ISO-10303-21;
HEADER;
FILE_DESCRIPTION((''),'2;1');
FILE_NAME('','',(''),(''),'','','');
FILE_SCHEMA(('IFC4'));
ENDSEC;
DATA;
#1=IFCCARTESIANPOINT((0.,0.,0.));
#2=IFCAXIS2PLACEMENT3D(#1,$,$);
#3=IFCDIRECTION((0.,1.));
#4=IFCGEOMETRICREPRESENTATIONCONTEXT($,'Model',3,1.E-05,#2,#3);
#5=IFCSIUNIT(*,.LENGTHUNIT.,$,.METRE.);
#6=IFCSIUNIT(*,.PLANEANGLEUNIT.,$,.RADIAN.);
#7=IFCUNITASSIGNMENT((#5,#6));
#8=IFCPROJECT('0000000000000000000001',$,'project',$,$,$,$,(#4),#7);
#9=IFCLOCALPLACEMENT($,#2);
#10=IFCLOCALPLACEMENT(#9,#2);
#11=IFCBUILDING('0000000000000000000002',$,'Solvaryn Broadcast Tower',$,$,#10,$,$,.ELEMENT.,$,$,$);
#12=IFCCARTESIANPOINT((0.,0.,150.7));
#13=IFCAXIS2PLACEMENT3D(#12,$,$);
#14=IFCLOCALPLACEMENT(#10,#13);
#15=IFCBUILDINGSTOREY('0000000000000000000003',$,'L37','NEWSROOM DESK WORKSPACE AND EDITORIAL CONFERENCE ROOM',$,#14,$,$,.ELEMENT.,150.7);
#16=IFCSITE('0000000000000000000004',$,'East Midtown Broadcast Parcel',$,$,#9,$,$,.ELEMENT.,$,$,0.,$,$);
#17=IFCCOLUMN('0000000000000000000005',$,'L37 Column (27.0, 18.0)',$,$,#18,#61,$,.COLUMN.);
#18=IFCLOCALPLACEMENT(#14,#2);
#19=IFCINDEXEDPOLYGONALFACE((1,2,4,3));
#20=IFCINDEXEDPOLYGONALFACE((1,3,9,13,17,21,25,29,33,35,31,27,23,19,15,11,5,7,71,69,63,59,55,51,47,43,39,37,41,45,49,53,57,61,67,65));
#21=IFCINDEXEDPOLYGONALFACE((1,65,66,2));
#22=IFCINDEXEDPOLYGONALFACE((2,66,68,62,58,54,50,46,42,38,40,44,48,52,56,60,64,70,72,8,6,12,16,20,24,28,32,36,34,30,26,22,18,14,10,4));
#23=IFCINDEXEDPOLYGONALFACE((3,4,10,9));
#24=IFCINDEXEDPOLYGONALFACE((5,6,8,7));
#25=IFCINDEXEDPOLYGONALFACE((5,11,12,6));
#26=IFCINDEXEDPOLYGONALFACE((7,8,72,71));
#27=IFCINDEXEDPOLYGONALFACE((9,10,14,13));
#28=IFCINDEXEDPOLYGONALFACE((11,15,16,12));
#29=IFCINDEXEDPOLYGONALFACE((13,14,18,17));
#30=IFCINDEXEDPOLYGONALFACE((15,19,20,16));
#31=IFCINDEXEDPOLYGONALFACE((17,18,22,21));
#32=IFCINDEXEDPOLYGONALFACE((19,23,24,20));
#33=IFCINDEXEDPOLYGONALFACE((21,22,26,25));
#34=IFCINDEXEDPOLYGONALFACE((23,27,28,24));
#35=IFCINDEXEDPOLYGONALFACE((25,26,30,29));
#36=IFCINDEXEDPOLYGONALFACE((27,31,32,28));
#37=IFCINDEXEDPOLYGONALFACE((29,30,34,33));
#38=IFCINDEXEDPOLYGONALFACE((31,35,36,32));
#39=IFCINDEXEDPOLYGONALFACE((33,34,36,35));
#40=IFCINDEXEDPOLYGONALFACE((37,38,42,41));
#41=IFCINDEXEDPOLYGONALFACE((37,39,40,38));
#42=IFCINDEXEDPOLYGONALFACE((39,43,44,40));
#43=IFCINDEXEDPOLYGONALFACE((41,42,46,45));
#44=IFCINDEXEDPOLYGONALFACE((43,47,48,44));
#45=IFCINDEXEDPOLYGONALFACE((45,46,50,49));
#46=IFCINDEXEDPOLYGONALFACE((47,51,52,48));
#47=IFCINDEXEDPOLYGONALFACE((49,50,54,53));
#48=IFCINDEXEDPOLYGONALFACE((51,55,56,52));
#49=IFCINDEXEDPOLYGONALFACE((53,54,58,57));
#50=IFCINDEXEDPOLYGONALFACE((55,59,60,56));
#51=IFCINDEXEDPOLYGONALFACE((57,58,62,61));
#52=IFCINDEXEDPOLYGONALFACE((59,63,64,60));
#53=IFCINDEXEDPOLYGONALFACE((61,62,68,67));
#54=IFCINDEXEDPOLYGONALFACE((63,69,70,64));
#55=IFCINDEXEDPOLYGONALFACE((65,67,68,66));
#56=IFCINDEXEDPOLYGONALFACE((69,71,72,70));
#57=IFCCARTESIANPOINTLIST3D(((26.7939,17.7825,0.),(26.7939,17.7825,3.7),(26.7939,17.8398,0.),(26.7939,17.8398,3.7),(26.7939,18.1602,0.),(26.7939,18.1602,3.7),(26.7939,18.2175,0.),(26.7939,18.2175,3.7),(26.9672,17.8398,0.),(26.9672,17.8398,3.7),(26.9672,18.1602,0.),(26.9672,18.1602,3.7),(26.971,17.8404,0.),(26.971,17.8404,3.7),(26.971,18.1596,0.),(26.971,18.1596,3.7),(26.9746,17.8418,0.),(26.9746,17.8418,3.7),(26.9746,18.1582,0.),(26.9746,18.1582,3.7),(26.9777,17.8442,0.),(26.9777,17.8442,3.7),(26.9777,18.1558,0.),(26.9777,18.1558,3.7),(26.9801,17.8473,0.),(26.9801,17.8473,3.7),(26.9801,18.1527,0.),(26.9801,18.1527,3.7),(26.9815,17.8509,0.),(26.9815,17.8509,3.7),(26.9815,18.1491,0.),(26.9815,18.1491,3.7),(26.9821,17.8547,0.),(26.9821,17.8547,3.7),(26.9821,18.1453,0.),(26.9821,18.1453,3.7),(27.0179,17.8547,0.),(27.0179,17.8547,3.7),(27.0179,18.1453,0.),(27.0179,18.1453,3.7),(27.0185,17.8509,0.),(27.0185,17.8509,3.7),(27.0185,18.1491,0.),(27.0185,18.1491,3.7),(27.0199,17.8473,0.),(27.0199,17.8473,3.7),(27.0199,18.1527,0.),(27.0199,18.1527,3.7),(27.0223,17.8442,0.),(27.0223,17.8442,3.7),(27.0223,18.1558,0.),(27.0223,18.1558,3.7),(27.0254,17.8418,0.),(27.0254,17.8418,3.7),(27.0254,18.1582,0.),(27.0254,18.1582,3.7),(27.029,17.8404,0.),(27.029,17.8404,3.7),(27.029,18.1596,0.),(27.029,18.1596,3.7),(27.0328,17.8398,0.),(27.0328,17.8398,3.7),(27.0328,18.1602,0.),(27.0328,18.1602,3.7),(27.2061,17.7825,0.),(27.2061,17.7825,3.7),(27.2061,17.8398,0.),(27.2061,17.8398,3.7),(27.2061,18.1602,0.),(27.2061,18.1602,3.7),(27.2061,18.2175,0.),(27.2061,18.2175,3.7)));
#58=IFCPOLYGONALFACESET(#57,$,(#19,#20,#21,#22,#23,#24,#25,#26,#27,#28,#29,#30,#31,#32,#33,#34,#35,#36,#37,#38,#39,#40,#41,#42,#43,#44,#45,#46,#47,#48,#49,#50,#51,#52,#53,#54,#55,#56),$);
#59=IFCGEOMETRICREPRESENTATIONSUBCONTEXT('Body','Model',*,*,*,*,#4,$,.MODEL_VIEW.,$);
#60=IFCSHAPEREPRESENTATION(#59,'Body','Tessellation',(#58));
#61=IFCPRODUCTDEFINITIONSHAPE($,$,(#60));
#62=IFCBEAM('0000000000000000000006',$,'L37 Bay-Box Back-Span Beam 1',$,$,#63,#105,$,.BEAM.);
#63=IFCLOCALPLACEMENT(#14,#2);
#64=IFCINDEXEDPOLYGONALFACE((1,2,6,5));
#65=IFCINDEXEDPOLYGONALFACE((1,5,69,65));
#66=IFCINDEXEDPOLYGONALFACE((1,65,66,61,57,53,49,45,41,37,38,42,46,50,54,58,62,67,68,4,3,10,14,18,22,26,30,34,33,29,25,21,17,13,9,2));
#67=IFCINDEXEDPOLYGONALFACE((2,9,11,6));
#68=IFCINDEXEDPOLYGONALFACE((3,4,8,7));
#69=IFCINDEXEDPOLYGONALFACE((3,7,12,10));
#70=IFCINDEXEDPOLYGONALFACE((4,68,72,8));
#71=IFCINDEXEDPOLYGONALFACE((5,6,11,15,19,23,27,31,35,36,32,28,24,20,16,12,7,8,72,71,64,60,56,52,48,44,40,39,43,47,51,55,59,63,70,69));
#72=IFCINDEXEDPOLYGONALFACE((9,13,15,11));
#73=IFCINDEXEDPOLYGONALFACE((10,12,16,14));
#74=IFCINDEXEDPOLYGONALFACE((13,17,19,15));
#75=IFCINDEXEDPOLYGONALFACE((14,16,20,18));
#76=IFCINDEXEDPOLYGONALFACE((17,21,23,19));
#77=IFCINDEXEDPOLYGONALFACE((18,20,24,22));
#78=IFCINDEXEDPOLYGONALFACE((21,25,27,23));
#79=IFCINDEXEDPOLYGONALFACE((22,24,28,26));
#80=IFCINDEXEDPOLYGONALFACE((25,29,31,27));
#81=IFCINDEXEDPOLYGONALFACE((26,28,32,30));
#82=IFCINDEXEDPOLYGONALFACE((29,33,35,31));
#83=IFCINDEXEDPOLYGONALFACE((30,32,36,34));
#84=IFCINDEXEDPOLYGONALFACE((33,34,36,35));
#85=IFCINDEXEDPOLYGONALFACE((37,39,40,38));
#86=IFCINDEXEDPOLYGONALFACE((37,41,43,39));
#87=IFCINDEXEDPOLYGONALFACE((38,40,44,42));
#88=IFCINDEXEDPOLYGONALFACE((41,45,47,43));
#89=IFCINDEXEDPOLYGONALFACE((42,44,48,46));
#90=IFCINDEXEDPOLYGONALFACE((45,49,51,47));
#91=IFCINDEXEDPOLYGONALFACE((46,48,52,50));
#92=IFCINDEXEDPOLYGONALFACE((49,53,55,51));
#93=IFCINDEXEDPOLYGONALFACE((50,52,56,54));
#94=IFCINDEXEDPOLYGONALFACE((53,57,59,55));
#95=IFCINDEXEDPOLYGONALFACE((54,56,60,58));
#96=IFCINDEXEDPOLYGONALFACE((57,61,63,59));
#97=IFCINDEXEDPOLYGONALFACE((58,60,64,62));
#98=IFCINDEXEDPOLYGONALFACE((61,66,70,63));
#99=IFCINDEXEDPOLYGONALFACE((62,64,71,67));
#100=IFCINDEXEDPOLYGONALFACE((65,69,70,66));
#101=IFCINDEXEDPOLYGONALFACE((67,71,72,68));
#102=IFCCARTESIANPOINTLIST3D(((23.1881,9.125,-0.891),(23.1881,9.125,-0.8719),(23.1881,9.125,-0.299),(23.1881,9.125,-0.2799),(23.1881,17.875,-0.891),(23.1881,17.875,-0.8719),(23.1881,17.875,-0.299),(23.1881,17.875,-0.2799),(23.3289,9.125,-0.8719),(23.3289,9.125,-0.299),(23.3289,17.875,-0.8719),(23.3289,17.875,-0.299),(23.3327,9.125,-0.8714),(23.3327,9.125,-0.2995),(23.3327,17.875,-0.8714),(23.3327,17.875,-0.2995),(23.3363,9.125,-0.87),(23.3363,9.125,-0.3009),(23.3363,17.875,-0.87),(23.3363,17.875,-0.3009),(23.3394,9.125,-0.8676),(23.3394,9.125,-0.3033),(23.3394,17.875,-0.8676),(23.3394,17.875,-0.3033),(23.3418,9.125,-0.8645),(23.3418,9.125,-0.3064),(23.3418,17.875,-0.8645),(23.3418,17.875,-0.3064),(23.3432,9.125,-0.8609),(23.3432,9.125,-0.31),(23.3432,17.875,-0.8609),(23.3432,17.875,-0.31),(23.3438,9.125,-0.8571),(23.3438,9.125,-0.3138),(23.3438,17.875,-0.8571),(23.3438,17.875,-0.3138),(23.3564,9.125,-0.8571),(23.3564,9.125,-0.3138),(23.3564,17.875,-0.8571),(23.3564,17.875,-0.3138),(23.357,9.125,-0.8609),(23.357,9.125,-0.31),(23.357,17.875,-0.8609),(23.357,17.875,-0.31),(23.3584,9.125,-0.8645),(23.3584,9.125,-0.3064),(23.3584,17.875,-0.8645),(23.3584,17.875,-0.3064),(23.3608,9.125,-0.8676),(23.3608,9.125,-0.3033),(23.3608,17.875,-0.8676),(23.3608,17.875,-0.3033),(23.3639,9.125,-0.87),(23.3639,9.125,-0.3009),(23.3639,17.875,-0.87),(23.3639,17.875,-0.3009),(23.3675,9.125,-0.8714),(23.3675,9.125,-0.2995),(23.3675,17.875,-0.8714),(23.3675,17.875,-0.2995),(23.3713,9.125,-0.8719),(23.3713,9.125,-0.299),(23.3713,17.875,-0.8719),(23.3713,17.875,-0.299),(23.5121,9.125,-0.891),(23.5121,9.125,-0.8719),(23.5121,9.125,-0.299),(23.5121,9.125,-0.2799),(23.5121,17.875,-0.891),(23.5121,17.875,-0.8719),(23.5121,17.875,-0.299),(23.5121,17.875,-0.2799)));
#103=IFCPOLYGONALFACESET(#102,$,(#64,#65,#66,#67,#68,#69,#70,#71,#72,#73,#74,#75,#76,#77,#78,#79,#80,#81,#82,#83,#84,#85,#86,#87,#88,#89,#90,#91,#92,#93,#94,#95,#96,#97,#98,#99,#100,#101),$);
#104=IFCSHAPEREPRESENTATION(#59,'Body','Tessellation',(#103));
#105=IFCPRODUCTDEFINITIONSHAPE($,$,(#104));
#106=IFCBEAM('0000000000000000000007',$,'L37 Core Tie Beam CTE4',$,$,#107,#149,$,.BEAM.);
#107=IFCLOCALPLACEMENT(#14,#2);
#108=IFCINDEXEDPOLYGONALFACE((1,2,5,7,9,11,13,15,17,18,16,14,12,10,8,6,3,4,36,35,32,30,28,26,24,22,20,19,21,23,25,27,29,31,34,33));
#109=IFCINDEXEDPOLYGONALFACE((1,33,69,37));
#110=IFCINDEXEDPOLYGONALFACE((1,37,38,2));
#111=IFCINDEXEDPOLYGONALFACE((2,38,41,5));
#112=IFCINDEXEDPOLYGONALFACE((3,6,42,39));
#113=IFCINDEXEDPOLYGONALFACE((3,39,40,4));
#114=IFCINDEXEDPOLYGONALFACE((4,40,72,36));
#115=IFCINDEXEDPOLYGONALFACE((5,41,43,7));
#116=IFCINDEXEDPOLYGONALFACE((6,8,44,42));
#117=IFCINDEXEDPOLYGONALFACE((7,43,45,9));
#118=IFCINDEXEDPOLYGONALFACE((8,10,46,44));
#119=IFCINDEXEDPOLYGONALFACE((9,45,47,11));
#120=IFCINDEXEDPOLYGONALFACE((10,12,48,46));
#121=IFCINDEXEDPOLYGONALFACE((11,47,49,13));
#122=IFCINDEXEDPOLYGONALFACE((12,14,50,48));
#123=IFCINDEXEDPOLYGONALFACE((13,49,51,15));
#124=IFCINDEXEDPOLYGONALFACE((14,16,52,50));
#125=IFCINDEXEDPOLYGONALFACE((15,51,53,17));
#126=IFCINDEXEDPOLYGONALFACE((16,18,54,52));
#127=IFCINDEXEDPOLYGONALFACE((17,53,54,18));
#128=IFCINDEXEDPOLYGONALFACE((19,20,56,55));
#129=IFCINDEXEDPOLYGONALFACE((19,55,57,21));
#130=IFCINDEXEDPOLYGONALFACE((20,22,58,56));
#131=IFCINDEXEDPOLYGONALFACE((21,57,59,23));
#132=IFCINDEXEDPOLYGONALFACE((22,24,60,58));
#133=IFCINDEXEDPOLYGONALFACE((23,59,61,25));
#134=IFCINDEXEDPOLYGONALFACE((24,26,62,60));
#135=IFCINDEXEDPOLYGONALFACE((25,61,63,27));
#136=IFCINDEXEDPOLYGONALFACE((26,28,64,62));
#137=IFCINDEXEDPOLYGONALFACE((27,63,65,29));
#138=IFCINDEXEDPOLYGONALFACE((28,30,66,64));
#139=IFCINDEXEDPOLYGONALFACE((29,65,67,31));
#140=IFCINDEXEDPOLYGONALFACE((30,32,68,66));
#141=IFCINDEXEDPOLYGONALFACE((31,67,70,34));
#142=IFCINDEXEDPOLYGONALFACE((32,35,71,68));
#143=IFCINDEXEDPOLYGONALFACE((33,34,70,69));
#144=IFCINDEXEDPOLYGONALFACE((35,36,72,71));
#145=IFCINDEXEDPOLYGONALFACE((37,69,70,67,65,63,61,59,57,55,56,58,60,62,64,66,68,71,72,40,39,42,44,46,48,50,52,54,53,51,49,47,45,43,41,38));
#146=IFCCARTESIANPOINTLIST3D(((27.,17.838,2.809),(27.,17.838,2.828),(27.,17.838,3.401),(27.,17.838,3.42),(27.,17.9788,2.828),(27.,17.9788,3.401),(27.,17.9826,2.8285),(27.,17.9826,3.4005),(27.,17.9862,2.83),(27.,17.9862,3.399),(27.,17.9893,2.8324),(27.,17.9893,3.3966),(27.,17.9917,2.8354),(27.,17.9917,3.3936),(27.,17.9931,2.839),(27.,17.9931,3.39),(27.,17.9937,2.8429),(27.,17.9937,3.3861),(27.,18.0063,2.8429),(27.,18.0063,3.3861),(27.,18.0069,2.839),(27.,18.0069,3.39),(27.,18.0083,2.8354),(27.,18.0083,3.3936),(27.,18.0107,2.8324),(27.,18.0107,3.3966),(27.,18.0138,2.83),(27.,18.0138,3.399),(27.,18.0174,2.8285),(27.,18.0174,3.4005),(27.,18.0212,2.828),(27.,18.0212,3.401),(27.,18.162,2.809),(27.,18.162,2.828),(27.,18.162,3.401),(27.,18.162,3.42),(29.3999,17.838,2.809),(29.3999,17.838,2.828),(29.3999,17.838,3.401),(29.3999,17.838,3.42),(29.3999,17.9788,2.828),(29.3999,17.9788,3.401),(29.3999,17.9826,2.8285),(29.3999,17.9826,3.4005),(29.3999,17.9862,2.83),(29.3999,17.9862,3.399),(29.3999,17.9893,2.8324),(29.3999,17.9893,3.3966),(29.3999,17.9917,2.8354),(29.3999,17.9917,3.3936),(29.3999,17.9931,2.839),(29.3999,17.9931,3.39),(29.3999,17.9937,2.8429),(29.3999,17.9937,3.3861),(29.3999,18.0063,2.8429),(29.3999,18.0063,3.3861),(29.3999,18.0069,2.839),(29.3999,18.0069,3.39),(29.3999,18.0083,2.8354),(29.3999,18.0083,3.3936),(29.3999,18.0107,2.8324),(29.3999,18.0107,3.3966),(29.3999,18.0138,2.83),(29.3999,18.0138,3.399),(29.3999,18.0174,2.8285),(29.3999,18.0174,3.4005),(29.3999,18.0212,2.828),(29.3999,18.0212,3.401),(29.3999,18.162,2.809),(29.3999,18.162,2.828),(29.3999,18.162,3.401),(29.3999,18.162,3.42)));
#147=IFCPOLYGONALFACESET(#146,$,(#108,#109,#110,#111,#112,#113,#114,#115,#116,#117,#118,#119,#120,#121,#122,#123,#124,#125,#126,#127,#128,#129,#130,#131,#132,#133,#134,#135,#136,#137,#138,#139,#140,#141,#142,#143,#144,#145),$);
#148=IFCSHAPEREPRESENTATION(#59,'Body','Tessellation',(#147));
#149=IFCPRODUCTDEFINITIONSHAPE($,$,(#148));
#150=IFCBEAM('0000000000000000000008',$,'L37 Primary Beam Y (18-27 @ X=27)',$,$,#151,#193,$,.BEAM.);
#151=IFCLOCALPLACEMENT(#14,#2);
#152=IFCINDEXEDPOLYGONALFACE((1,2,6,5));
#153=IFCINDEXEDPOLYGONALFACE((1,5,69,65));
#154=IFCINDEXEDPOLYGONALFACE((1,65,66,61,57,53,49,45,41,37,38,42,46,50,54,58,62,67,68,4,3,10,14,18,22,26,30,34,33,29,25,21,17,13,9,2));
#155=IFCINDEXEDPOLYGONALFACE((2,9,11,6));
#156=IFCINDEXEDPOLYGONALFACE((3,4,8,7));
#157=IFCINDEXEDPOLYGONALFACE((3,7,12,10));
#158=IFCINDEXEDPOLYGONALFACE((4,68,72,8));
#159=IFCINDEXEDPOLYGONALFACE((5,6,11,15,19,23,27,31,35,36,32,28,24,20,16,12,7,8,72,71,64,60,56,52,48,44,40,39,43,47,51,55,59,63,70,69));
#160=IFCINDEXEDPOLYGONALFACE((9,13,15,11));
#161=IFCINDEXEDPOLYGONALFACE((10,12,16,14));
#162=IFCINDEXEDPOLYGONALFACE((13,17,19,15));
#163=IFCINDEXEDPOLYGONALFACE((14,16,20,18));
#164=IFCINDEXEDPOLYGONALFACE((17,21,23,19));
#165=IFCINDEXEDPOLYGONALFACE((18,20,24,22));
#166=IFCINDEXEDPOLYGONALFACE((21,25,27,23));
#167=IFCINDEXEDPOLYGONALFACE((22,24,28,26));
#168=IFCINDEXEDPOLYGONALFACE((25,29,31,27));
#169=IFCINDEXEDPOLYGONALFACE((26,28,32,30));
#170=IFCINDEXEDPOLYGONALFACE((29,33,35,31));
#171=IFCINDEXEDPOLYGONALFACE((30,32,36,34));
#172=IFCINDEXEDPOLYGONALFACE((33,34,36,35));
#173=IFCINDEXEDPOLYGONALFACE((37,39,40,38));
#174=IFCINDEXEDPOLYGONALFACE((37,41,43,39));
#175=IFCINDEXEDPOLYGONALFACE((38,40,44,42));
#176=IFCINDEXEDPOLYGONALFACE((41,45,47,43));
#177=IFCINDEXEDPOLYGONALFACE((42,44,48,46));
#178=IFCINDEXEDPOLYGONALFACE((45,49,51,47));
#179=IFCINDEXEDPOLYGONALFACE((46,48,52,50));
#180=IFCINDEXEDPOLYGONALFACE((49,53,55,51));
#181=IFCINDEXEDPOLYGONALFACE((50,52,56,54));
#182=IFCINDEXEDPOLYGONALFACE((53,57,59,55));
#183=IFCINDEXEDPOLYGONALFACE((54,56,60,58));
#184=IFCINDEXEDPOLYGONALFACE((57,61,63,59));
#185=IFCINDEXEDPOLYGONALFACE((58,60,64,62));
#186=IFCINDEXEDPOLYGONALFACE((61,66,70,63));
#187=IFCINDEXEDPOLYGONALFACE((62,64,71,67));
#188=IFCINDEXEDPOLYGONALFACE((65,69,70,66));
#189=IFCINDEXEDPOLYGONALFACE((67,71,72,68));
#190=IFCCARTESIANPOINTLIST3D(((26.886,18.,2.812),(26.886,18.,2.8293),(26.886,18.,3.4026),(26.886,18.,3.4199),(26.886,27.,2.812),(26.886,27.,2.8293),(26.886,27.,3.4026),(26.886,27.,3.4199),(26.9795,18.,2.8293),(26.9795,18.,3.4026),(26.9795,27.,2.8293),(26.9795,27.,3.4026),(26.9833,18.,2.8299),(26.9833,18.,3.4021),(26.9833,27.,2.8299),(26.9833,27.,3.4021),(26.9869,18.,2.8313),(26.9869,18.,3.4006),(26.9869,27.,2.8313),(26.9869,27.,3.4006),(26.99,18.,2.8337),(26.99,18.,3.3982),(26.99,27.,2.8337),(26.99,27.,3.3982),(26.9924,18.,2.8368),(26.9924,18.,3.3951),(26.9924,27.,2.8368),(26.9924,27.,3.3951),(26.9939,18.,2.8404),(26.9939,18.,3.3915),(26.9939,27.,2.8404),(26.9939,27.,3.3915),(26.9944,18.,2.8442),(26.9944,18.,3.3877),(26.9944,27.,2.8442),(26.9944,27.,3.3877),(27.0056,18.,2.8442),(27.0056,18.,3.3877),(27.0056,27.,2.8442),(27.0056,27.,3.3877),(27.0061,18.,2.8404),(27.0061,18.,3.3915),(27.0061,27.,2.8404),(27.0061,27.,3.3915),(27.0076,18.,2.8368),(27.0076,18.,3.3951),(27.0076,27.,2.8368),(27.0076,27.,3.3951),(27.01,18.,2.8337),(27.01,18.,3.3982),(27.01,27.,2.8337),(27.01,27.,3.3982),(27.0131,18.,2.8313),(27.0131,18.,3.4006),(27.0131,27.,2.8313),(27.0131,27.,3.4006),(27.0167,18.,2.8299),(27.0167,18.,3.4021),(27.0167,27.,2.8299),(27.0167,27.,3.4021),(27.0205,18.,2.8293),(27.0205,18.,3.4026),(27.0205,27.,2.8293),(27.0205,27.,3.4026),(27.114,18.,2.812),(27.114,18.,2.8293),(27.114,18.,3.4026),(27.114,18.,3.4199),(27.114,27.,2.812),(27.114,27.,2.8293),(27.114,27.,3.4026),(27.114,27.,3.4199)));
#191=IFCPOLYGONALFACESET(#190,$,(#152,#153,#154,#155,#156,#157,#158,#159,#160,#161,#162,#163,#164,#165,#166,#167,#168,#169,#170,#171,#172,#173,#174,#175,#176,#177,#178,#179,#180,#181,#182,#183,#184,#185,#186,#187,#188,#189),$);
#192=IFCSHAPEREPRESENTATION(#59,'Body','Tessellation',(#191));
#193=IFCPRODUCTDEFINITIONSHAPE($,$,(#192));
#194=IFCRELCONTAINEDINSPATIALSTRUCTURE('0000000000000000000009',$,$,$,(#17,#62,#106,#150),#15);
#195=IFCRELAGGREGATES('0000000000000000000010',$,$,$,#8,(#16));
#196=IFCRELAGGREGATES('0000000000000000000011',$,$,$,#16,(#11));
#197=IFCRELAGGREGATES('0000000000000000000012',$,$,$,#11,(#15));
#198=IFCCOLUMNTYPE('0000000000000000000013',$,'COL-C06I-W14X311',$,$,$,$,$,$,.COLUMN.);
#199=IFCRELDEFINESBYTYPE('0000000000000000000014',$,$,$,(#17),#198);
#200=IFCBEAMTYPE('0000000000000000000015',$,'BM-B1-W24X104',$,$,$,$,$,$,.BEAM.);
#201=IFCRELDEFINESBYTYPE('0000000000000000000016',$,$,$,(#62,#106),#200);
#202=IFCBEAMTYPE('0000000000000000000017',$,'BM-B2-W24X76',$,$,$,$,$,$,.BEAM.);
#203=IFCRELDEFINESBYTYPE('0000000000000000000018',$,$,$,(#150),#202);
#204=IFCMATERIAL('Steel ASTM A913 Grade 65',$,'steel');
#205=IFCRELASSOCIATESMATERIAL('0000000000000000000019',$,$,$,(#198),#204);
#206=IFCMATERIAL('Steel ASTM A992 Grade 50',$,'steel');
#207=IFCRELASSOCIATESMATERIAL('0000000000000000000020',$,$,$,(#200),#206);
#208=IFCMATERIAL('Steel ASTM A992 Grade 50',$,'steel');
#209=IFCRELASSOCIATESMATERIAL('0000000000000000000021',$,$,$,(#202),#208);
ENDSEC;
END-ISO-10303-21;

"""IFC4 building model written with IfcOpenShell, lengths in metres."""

from ifc_helpers import new_model, si_unit, direction, frame, origin, origin_2d, place, context, subcontext, project, spatial, i_section, extrude, material, material_profile, profile_set, type_object, element, save


model = new_model("IFC4")

# Units and contexts
model_context = context("Model", 3, precision=1e-05, world=origin(), true_north=direction((0.0, 1.0)))
body_context = subcontext(model_context, "Body", "Model", "MODEL_VIEW")
ifc_project = project(units=[si_unit("LENGTHUNIT", "METRE"), si_unit("PLANEANGLEUNIT", "RADIAN")], contexts=[model_context])

# Site, building, storey
site_placement = place(None, origin())
site = spatial("IfcSite", under=ifc_project, at=site_placement, Name="East Midtown Broadcast Parcel", CompositionType="ELEMENT", RefElevation=0.0)
building_placement = place(site_placement, origin())
building = spatial("IfcBuilding", under=site, at=building_placement, Name="Solvaryn Broadcast Tower", CompositionType="ELEMENT")
storey_placement = place(building_placement, frame((0.0, 0.0, 150.7)))
storey = spatial("IfcBuildingStorey", under=building, at=storey_placement, Name="L37", Description="NEWSROOM DESK WORKSPACE AND EDITORIAL CONFERENCE ROOM", CompositionType="ELEMENT", Elevation=150.7)

# Column
ifc_material_1 = material(Name="Steel ASTM A913 Grade 65", Category="steel")
ifc_material_profile_1 = material_profile(ifc_material_1, i_section(OverallWidth=0.4121, OverallDepth=0.4351, WebThickness=0.0359, FlangeThickness=0.0574, FilletRadius=0.0149, at=origin_2d()))
ifc_profile_set_1 = profile_set([ifc_material_profile_1], Name="Steel ASTM A913 Grade 65")
column_type = type_object("IfcColumnType", Name="COL-C06I-W14X311", PredefinedType="COLUMN", material=ifc_profile_set_1)
column_placement = place(storey_placement, frame((27.0, 18.0, 0.0), z_axis=(0.0, 0.0, 1.0), x_axis=(1.0, 0.0, 0.0)))
element("IfcColumn", 1, at=column_placement, inside=storey, type_object=column_type, Name="L37 Column (27.0, 18.0)", PredefinedType="COLUMN", context=body_context, shape_type="SweptSolid", body=[
    extrude(i_section(OverallWidth=0.4121, OverallDepth=0.4351, WebThickness=0.0359, FlangeThickness=0.0574, FilletRadius=0.0149, at=origin_2d()), origin(), (0.0, 0.0, 1.0), 3.7),
])

# Beams
ifc_material_2 = material(Name="Steel ASTM A992 Grade 50", Category="steel")
ifc_material_profile_2 = material_profile(ifc_material_2, i_section(OverallWidth=0.324, OverallDepth=0.6111, WebThickness=0.0127, FlangeThickness=0.019, FilletRadius=0.0149, at=origin_2d()))
ifc_profile_set_2 = profile_set([ifc_material_profile_2], Name="Steel ASTM A992 Grade 50")
beam_type_1 = type_object("IfcBeamType", Name="BM-B1-W24X104", PredefinedType="BEAM", material=ifc_profile_set_2)
beam_1_placement = place(storey_placement, frame((23.3501, 17.875, -0.5854), z_axis=(0.0, -1.0, 0.0), x_axis=(1.0, 0.0, 0.0)))
element("IfcBeam", 2, at=beam_1_placement, inside=storey, type_object=beam_type_1, Name="L37 Bay-Box Back-Span Beam 1", PredefinedType="BEAM", context=body_context, shape_type="SweptSolid", body=[
    extrude(i_section(OverallWidth=0.324, OverallDepth=0.6111, WebThickness=0.0127, FlangeThickness=0.019, FilletRadius=0.0149, at=origin_2d()), origin(), (0.0, 0.0, 1.0), 8.75),
])
beam_2_placement = place(storey_placement, frame((27.0, 18.0, 3.1145), z_axis=(1.0, 0.0, 0.0), x_axis=(0.0, 1.0, 0.0)))
element("IfcBeam", 3, at=beam_2_placement, inside=storey, type_object=beam_type_1, Name="L37 Core Tie Beam CTE4", PredefinedType="BEAM", context=body_context, shape_type="SweptSolid", body=[
    extrude(i_section(OverallWidth=0.324, OverallDepth=0.6111, WebThickness=0.0127, FlangeThickness=0.019, FilletRadius=0.0149, at=origin_2d()), origin(), (0.0, 0.0, 1.0), 2.3999),
])
ifc_material_3 = material(Name="Steel ASTM A992 Grade 50", Category="steel")
ifc_material_profile_3 = material_profile(ifc_material_3, i_section(OverallWidth=0.228, OverallDepth=0.6079, WebThickness=0.0112, FlangeThickness=0.0173, FilletRadius=0.0149, at=origin_2d()))
ifc_profile_set_3 = profile_set([ifc_material_profile_3], Name="Steel ASTM A992 Grade 50")
beam_type_2 = type_object("IfcBeamType", Name="BM-B2-W24X76", PredefinedType="BEAM", material=ifc_profile_set_3)
beam_3_placement = place(storey_placement, frame((27.0, 18.0, 3.116), z_axis=(0.0, 1.0, 0.0), x_axis=(-1.0, 0.0, 0.0)))
element("IfcBeam", 4, at=beam_3_placement, inside=storey, type_object=beam_type_2, Name="L37 Primary Beam Y (18-27 @ X=27)", PredefinedType="BEAM", context=body_context, shape_type="SweptSolid", body=[
    extrude(i_section(OverallWidth=0.228, OverallDepth=0.6079, WebThickness=0.0112, FlangeThickness=0.0173, FilletRadius=0.0149, at=origin_2d()), origin(), (0.0, 0.0, 1.0), 9.0),
])

save(model, "model.ifc")
